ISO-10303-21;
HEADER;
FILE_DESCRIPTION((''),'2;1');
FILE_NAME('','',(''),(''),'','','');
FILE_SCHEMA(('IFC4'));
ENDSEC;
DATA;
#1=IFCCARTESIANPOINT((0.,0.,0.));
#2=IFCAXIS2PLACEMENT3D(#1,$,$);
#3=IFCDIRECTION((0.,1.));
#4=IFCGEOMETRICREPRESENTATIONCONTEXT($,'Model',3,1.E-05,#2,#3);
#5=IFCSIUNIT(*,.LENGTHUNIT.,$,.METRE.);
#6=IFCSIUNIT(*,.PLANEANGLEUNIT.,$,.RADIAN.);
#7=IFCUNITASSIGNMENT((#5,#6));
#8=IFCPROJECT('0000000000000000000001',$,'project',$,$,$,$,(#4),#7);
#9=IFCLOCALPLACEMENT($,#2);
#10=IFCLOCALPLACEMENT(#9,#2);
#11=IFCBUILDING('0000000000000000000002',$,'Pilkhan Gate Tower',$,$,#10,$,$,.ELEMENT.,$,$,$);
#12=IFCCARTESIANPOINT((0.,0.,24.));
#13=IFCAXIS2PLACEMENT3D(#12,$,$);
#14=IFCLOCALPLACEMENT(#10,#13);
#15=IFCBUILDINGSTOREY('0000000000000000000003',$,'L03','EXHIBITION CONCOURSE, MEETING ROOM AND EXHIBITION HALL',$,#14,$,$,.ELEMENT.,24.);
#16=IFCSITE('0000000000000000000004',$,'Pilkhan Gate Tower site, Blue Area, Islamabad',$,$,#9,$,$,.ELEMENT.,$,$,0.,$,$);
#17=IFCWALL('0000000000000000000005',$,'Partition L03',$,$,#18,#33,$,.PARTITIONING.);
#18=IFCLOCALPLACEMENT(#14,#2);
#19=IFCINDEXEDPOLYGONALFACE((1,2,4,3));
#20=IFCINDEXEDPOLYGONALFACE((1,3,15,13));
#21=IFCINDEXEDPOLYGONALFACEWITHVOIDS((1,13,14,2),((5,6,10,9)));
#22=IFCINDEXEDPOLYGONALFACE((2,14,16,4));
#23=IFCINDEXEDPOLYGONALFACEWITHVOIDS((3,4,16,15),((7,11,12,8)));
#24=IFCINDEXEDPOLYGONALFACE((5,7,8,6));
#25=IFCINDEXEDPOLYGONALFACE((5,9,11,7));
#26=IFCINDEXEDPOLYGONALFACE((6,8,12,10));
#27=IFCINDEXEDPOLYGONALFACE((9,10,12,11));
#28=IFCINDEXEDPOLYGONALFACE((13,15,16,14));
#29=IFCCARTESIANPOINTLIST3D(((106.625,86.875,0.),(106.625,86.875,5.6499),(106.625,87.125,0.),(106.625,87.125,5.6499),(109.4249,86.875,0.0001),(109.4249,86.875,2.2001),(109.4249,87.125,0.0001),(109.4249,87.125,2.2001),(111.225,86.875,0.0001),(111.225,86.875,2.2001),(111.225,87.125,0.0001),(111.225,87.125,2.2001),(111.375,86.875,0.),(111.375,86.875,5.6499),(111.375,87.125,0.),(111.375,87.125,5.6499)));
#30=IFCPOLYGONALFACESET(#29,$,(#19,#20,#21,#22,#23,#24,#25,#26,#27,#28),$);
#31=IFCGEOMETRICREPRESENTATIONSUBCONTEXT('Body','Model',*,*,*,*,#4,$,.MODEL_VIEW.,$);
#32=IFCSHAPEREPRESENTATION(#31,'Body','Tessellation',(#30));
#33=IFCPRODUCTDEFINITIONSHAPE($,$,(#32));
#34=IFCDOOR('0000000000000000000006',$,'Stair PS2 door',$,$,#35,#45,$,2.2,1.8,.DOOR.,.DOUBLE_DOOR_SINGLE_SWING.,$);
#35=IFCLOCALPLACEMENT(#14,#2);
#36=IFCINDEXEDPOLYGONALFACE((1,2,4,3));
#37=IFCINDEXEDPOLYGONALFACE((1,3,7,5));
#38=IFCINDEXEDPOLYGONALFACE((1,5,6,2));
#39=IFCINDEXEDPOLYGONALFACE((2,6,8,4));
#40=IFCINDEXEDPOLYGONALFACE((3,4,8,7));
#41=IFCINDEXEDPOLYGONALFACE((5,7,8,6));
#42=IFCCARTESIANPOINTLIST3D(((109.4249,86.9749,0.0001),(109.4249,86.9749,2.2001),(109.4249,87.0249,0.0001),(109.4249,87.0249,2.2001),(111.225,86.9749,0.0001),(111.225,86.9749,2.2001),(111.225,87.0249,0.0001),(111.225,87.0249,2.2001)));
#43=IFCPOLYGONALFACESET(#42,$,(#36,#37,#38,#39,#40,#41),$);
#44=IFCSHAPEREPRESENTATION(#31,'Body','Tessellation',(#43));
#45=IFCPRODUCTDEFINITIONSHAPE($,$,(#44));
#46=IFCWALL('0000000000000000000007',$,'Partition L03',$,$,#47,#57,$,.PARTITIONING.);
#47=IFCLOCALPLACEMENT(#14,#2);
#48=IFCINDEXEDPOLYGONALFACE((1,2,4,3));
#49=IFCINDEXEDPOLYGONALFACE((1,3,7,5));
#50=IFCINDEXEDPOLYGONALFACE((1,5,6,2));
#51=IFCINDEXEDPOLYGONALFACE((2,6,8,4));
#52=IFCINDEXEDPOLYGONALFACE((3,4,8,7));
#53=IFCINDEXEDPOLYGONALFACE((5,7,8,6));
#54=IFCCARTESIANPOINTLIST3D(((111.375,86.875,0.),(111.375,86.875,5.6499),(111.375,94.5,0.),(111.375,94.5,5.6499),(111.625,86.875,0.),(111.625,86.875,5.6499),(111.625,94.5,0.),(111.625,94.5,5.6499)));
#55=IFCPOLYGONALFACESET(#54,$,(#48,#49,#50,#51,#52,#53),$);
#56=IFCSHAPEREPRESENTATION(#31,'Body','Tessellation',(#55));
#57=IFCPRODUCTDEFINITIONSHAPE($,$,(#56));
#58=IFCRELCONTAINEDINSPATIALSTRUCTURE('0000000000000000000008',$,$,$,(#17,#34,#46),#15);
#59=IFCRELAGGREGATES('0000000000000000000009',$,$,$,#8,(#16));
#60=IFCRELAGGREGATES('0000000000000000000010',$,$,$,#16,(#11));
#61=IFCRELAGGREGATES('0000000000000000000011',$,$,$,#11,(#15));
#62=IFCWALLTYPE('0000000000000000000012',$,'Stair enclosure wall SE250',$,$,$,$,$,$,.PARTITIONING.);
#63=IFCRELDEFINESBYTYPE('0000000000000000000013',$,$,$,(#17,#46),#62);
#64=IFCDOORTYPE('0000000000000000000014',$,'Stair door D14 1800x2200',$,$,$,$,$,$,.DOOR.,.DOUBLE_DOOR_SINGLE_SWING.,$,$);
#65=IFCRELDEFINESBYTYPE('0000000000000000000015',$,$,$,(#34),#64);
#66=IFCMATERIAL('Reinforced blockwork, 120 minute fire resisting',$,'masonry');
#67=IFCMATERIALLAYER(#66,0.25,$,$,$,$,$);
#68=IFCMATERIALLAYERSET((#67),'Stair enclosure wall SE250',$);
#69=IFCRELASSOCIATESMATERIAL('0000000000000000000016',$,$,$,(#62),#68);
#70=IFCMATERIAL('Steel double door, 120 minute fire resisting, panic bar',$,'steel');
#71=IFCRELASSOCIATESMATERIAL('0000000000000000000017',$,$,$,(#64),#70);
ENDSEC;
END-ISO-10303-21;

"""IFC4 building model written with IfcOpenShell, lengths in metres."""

from ifc_helpers import new_model, si_unit, direction, frame, frame_2d, origin, place, context, subcontext, project, spatial, rectangle, extrude, material, layer, layer_set, type_object, element, fill, save


model = new_model("IFC4")

# Units and contexts
model_context = context("Model", 3, precision=1e-05, world=origin(), true_north=direction((0.0, 1.0)))
body_context = subcontext(model_context, "Body", "Model", "MODEL_VIEW")
ifc_project = project(units=[si_unit("LENGTHUNIT", "METRE"), si_unit("PLANEANGLEUNIT", "RADIAN")], contexts=[model_context])

# Site, building, storey
site_placement = place(None, origin())
site = spatial("IfcSite", under=ifc_project, at=site_placement, Name="Pilkhan Gate Tower site, Blue Area, Islamabad", CompositionType="ELEMENT", RefElevation=0.0)
building_placement = place(site_placement, origin())
building = spatial("IfcBuilding", under=site, at=building_placement, Name="Pilkhan Gate Tower", CompositionType="ELEMENT")
storey_placement = place(building_placement, frame((0.0, 0.0, 24.0)))
storey = spatial("IfcBuildingStorey", under=building, at=storey_placement, Name="L03", Description="EXHIBITION CONCOURSE, MEETING ROOM AND EXHIBITION HALL", CompositionType="ELEMENT", Elevation=24.0)

# Wall, opening, door
ifc_material_1 = material(Name="Reinforced blockwork, 120 minute fire resisting", Category="masonry")
ifc_layer_1 = layer(ifc_material_1, 0.25)
ifc_layer_set_1 = layer_set([ifc_layer_1], Name="Stair enclosure wall SE250")
wall_type_1 = type_object("IfcWallType", Name="Stair enclosure wall SE250", PredefinedType="PARTITIONING", material=ifc_layer_set_1)
ifc_material_2 = material(Name="Steel double door, 120 minute fire resisting, panic bar", Category="steel")
door_type = type_object("IfcDoorType", Name="Stair door D14 1800x2200", OperationType="DOUBLE_DOOR_SINGLE_SWING", PredefinedType="DOOR", material=ifc_material_2)
wall_1_placement = place(storey_placement, frame((106.625, 87.0, 0.0), z_axis=(0.0, 0.0, 1.0), x_axis=(1.0, 0.0, 0.0)))
wall_1 = element("IfcWall", 1, at=wall_1_placement, inside=storey, type_object=wall_type_1, Name="Partition L03", PredefinedType="PARTITIONING", context=body_context, shape_type="SweptSolid", body=[
    extrude(rectangle(XDim=4.75, YDim=0.25, at=frame_2d((2.375, 0.0))), origin(), (0.0, 0.0, 1.0), 5.6499),
])
opening_1_placement = place(wall_1_placement, frame((2.8, 0.0, 0.0)))
opening_1 = element("IfcOpeningElement", 2, at=opening_1_placement, cuts=wall_1, PredefinedType="OPENING", context=body_context, shape_type="SweptSolid", body=[
    extrude(rectangle(XDim=1.8, YDim=2.2, at=frame_2d((0.8999, 1.1001))), frame((0.0, 0.135, 0.0), z_axis=(0.0, -1.0, 0.0), x_axis=(1.0, 0.0, 0.0)), (0.0, 0.0, 1.0), 0.27),
])
door_1_placement = place(opening_1_placement, origin())
door_1 = element("IfcDoor", 3, at=door_1_placement, inside=storey, type_object=door_type, Name="Stair PS2 door", OperationType="DOUBLE_DOOR_SINGLE_SWING", OverallHeight=2.2, OverallWidth=1.8, PredefinedType="DOOR", context=body_context, shape_type="SweptSolid", body=[
    extrude(rectangle(XDim=1.8, YDim=2.2, at=frame_2d((0.8999, 1.1001))), frame((0.0, 0.0249, 0.0), z_axis=(0.0, -1.0, 0.0), x_axis=(1.0, 0.0, 0.0)), (0.0, 0.0, 1.0), 0.05),
])
fill(opening_1, door_1)

# Wall
wall_2_placement = place(storey_placement, frame((111.5, 86.875, 0.0), z_axis=(0.0, 0.0, 1.0), x_axis=(0.0, 1.0, 0.0)))
element("IfcWall", 4, at=wall_2_placement, inside=storey, type_object=wall_type_1, Name="Partition L03", PredefinedType="PARTITIONING", context=body_context, shape_type="SweptSolid", body=[
    extrude(rectangle(XDim=7.625, YDim=0.25, at=frame_2d((3.8125, 0.0))), origin(), (0.0, 0.0, 1.0), 5.6499),
])

save(model, "model.ifc")
